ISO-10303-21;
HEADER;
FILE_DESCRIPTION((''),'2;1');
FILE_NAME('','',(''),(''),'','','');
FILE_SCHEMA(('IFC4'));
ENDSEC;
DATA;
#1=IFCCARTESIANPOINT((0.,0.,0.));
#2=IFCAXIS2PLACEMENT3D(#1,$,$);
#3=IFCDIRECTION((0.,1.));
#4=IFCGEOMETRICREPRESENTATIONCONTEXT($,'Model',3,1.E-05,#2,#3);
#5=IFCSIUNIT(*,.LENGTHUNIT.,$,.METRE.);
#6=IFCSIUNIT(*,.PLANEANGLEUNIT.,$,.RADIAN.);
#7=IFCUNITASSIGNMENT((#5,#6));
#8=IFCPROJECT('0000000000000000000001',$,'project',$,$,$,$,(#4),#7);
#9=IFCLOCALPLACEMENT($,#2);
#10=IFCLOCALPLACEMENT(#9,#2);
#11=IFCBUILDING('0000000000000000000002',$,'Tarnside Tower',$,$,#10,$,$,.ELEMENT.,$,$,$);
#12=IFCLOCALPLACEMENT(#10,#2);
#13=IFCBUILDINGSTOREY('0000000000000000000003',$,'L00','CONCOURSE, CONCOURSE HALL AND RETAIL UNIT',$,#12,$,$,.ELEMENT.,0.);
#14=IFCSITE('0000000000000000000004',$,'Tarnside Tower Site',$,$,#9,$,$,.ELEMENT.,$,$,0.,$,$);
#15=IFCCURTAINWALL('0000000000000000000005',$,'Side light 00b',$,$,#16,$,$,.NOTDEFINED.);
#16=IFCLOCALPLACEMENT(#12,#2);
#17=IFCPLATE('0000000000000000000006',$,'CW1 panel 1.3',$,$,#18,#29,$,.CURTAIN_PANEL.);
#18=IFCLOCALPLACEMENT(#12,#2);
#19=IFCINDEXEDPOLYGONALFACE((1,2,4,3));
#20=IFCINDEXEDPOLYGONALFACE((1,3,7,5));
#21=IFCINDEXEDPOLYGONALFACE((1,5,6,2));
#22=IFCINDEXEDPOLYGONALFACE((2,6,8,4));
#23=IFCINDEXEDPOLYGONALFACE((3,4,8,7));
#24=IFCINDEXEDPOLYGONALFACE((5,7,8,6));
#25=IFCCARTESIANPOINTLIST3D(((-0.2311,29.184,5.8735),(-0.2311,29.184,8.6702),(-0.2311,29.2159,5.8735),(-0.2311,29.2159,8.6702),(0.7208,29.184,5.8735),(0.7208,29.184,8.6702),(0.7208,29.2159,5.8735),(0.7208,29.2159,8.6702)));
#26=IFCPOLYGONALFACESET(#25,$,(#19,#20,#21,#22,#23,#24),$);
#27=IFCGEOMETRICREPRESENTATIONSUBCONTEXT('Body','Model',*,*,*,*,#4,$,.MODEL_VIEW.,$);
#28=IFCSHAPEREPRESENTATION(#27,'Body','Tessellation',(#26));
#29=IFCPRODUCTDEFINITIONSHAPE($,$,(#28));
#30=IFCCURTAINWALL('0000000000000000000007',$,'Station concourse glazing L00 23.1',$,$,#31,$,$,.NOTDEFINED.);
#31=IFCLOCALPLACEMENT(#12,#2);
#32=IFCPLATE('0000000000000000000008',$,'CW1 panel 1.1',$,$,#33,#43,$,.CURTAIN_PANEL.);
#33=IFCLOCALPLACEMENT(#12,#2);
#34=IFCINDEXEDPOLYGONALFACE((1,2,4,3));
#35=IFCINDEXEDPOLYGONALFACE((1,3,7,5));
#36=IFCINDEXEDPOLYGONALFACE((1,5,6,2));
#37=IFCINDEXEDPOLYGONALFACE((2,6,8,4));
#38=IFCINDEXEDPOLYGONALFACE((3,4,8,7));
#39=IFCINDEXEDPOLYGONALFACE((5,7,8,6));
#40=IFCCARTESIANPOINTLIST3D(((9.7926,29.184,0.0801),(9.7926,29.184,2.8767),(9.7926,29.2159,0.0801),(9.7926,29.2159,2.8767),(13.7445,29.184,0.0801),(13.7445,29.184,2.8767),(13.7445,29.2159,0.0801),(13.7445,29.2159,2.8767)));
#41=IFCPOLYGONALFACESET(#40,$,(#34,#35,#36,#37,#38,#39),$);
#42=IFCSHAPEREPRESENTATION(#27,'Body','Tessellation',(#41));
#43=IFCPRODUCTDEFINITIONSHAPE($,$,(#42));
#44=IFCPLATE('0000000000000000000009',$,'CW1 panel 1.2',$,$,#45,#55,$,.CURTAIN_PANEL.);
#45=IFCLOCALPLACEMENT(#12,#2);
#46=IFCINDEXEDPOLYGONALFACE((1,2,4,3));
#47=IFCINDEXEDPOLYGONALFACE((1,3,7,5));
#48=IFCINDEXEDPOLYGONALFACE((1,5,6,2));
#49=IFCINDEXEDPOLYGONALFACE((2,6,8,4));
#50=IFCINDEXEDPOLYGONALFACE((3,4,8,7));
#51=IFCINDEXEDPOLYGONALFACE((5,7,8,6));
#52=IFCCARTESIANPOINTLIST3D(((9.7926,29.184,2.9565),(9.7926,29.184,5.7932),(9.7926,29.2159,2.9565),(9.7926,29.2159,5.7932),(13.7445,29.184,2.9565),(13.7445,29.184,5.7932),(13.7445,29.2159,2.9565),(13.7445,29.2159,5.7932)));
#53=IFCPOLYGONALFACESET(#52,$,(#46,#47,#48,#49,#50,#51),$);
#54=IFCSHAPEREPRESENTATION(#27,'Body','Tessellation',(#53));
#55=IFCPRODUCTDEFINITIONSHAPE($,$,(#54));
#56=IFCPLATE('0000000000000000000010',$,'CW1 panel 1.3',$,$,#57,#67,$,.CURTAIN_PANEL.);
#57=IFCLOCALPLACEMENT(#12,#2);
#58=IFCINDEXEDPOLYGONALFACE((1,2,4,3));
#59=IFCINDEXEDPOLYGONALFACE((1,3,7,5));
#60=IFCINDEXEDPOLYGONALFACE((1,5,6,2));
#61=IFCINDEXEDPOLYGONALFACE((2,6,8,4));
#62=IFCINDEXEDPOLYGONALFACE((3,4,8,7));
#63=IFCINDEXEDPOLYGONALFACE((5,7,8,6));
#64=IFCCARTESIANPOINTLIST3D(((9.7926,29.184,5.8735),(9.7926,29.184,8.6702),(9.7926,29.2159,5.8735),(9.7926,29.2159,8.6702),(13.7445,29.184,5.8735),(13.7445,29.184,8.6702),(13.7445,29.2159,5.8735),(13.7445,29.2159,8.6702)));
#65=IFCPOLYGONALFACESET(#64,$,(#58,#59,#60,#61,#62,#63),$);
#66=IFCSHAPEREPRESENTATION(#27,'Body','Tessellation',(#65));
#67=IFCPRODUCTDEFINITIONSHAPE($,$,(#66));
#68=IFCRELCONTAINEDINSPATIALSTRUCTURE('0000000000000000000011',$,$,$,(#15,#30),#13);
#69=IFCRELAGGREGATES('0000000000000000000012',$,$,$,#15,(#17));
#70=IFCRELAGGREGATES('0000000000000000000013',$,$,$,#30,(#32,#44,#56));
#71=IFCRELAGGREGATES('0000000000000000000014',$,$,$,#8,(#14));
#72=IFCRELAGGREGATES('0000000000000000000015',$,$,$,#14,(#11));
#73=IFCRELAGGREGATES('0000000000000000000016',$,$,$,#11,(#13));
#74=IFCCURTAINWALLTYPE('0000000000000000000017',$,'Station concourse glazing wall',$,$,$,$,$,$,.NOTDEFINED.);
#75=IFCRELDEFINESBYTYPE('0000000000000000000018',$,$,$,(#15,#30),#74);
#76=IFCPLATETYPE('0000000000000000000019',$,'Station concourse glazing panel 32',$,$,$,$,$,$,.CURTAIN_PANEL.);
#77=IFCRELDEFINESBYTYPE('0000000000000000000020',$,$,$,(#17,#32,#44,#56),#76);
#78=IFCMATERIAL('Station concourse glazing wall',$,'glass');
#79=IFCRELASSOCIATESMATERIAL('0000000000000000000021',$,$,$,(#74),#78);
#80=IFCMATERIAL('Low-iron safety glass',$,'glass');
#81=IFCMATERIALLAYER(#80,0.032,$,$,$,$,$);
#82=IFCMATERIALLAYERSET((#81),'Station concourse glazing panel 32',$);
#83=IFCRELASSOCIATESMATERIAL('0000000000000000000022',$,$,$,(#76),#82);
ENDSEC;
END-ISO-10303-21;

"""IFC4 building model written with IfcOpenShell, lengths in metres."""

from ifc_helpers import new_model, si_unit, direction, frame, origin, origin_2d, place, context, subcontext, project, spatial, rectangle, extrude, material, layer, layer_set, type_object, element, aggregate, save


model = new_model("IFC4")

# Units and contexts
model_context = context("Model", 3, precision=1e-05, world=origin(), true_north=direction((0.0, 1.0)))
body_context = subcontext(model_context, "Body", "Model", "MODEL_VIEW")
ifc_project = project(units=[si_unit("LENGTHUNIT", "METRE"), si_unit("PLANEANGLEUNIT", "RADIAN")], contexts=[model_context])

# Site, building, storey
site_placement = place(None, origin())
site = spatial("IfcSite", under=ifc_project, at=site_placement, Name="Tarnside Tower Site", CompositionType="ELEMENT", RefElevation=0.0)
building_placement = place(site_placement, origin())
building = spatial("IfcBuilding", under=site, at=building_placement, Name="Tarnside Tower", CompositionType="ELEMENT")
storey_placement = place(building_placement, origin())
storey = spatial("IfcBuildingStorey", under=building, at=storey_placement, Name="L00", Description="CONCOURSE, CONCOURSE HALL AND RETAIL UNIT", CompositionType="ELEMENT", Elevation=0.0)

# Curtain wall
ifc_material_1 = material(Name="Station concourse glazing wall", Category="glass")
curtain_wall_type = type_object("IfcCurtainWallType", Name="Station concourse glazing wall", PredefinedType="NOTDEFINED", material=ifc_material_1)
curtain_wall_1_placement = place(storey_placement, origin())
curtain_wall_1 = element("IfcCurtainWall", 1, at=curtain_wall_1_placement, inside=storey, type_object=curtain_wall_type, Name="Side light 00b", PredefinedType="NOTDEFINED")

# Plate
ifc_material_2 = material(Name="Low-iron safety glass", Category="glass")
ifc_layer = layer(ifc_material_2, 0.032)
ifc_layer_set = layer_set([ifc_layer], Name="Station concourse glazing panel 32")
plate_type = type_object("IfcPlateType", Name="Station concourse glazing panel 32", PredefinedType="CURTAIN_PANEL", material=ifc_layer_set)
plate_1_placement = place(storey_placement, frame((0.2449, 29.2, 5.8735), z_axis=(0.0, 0.0, 1.0), x_axis=(-1.0, 0.0, 0.0)))
plate_1 = element("IfcPlate", 2, at=plate_1_placement, type_object=plate_type, Name="CW1 panel 1.3", PredefinedType="CURTAIN_PANEL", context=body_context, shape_type="SweptSolid", body=[
    extrude(rectangle(XDim=0.9519, YDim=0.032, at=origin_2d()), origin(), (0.0, 0.0, 1.0), 2.7966),
])
aggregate(curtain_wall_1, [plate_1])

# Curtain wall, plates
curtain_wall_2_placement = place(storey_placement, origin())
curtain_wall_2 = element("IfcCurtainWall", 3, at=curtain_wall_2_placement, inside=storey, type_object=curtain_wall_type, Name="Station concourse glazing L00 23.1", PredefinedType="NOTDEFINED")
plate_2_placement = place(storey_placement, frame((11.7686, 29.2, 0.0801), z_axis=(0.0, 0.0, 1.0), x_axis=(-1.0, 0.0, 0.0)))
plate_2 = element("IfcPlate", 4, at=plate_2_placement, type_object=plate_type, Name="CW1 panel 1.1", PredefinedType="CURTAIN_PANEL", context=body_context, shape_type="SweptSolid", body=[
    extrude(rectangle(XDim=3.9519, YDim=0.032, at=origin_2d()), origin(), (0.0, 0.0, 1.0), 2.7966),
])
plate_3_placement = place(storey_placement, frame((11.7686, 29.2, 2.9565), z_axis=(0.0, 0.0, 1.0), x_axis=(-1.0, 0.0, 0.0)))
plate_3 = element("IfcPlate", 5, at=plate_3_placement, type_object=plate_type, Name="CW1 panel 1.2", PredefinedType="CURTAIN_PANEL", context=body_context, shape_type="SweptSolid", body=[
    extrude(rectangle(XDim=3.9519, YDim=0.032, at=origin_2d()), origin(), (0.0, 0.0, 1.0), 2.8367),
])
plate_4_placement = place(storey_placement, frame((11.7686, 29.2, 5.8735), z_axis=(0.0, 0.0, 1.0), x_axis=(-1.0, 0.0, 0.0)))
plate_4 = element("IfcPlate", 6, at=plate_4_placement, type_object=plate_type, Name="CW1 panel 1.3", PredefinedType="CURTAIN_PANEL", context=body_context, shape_type="SweptSolid", body=[
    extrude(rectangle(XDim=3.9519, YDim=0.032, at=origin_2d()), origin(), (0.0, 0.0, 1.0), 2.7966),
])
aggregate(curtain_wall_2, [plate_2, plate_3, plate_4])

save(model, "model.ifc")
